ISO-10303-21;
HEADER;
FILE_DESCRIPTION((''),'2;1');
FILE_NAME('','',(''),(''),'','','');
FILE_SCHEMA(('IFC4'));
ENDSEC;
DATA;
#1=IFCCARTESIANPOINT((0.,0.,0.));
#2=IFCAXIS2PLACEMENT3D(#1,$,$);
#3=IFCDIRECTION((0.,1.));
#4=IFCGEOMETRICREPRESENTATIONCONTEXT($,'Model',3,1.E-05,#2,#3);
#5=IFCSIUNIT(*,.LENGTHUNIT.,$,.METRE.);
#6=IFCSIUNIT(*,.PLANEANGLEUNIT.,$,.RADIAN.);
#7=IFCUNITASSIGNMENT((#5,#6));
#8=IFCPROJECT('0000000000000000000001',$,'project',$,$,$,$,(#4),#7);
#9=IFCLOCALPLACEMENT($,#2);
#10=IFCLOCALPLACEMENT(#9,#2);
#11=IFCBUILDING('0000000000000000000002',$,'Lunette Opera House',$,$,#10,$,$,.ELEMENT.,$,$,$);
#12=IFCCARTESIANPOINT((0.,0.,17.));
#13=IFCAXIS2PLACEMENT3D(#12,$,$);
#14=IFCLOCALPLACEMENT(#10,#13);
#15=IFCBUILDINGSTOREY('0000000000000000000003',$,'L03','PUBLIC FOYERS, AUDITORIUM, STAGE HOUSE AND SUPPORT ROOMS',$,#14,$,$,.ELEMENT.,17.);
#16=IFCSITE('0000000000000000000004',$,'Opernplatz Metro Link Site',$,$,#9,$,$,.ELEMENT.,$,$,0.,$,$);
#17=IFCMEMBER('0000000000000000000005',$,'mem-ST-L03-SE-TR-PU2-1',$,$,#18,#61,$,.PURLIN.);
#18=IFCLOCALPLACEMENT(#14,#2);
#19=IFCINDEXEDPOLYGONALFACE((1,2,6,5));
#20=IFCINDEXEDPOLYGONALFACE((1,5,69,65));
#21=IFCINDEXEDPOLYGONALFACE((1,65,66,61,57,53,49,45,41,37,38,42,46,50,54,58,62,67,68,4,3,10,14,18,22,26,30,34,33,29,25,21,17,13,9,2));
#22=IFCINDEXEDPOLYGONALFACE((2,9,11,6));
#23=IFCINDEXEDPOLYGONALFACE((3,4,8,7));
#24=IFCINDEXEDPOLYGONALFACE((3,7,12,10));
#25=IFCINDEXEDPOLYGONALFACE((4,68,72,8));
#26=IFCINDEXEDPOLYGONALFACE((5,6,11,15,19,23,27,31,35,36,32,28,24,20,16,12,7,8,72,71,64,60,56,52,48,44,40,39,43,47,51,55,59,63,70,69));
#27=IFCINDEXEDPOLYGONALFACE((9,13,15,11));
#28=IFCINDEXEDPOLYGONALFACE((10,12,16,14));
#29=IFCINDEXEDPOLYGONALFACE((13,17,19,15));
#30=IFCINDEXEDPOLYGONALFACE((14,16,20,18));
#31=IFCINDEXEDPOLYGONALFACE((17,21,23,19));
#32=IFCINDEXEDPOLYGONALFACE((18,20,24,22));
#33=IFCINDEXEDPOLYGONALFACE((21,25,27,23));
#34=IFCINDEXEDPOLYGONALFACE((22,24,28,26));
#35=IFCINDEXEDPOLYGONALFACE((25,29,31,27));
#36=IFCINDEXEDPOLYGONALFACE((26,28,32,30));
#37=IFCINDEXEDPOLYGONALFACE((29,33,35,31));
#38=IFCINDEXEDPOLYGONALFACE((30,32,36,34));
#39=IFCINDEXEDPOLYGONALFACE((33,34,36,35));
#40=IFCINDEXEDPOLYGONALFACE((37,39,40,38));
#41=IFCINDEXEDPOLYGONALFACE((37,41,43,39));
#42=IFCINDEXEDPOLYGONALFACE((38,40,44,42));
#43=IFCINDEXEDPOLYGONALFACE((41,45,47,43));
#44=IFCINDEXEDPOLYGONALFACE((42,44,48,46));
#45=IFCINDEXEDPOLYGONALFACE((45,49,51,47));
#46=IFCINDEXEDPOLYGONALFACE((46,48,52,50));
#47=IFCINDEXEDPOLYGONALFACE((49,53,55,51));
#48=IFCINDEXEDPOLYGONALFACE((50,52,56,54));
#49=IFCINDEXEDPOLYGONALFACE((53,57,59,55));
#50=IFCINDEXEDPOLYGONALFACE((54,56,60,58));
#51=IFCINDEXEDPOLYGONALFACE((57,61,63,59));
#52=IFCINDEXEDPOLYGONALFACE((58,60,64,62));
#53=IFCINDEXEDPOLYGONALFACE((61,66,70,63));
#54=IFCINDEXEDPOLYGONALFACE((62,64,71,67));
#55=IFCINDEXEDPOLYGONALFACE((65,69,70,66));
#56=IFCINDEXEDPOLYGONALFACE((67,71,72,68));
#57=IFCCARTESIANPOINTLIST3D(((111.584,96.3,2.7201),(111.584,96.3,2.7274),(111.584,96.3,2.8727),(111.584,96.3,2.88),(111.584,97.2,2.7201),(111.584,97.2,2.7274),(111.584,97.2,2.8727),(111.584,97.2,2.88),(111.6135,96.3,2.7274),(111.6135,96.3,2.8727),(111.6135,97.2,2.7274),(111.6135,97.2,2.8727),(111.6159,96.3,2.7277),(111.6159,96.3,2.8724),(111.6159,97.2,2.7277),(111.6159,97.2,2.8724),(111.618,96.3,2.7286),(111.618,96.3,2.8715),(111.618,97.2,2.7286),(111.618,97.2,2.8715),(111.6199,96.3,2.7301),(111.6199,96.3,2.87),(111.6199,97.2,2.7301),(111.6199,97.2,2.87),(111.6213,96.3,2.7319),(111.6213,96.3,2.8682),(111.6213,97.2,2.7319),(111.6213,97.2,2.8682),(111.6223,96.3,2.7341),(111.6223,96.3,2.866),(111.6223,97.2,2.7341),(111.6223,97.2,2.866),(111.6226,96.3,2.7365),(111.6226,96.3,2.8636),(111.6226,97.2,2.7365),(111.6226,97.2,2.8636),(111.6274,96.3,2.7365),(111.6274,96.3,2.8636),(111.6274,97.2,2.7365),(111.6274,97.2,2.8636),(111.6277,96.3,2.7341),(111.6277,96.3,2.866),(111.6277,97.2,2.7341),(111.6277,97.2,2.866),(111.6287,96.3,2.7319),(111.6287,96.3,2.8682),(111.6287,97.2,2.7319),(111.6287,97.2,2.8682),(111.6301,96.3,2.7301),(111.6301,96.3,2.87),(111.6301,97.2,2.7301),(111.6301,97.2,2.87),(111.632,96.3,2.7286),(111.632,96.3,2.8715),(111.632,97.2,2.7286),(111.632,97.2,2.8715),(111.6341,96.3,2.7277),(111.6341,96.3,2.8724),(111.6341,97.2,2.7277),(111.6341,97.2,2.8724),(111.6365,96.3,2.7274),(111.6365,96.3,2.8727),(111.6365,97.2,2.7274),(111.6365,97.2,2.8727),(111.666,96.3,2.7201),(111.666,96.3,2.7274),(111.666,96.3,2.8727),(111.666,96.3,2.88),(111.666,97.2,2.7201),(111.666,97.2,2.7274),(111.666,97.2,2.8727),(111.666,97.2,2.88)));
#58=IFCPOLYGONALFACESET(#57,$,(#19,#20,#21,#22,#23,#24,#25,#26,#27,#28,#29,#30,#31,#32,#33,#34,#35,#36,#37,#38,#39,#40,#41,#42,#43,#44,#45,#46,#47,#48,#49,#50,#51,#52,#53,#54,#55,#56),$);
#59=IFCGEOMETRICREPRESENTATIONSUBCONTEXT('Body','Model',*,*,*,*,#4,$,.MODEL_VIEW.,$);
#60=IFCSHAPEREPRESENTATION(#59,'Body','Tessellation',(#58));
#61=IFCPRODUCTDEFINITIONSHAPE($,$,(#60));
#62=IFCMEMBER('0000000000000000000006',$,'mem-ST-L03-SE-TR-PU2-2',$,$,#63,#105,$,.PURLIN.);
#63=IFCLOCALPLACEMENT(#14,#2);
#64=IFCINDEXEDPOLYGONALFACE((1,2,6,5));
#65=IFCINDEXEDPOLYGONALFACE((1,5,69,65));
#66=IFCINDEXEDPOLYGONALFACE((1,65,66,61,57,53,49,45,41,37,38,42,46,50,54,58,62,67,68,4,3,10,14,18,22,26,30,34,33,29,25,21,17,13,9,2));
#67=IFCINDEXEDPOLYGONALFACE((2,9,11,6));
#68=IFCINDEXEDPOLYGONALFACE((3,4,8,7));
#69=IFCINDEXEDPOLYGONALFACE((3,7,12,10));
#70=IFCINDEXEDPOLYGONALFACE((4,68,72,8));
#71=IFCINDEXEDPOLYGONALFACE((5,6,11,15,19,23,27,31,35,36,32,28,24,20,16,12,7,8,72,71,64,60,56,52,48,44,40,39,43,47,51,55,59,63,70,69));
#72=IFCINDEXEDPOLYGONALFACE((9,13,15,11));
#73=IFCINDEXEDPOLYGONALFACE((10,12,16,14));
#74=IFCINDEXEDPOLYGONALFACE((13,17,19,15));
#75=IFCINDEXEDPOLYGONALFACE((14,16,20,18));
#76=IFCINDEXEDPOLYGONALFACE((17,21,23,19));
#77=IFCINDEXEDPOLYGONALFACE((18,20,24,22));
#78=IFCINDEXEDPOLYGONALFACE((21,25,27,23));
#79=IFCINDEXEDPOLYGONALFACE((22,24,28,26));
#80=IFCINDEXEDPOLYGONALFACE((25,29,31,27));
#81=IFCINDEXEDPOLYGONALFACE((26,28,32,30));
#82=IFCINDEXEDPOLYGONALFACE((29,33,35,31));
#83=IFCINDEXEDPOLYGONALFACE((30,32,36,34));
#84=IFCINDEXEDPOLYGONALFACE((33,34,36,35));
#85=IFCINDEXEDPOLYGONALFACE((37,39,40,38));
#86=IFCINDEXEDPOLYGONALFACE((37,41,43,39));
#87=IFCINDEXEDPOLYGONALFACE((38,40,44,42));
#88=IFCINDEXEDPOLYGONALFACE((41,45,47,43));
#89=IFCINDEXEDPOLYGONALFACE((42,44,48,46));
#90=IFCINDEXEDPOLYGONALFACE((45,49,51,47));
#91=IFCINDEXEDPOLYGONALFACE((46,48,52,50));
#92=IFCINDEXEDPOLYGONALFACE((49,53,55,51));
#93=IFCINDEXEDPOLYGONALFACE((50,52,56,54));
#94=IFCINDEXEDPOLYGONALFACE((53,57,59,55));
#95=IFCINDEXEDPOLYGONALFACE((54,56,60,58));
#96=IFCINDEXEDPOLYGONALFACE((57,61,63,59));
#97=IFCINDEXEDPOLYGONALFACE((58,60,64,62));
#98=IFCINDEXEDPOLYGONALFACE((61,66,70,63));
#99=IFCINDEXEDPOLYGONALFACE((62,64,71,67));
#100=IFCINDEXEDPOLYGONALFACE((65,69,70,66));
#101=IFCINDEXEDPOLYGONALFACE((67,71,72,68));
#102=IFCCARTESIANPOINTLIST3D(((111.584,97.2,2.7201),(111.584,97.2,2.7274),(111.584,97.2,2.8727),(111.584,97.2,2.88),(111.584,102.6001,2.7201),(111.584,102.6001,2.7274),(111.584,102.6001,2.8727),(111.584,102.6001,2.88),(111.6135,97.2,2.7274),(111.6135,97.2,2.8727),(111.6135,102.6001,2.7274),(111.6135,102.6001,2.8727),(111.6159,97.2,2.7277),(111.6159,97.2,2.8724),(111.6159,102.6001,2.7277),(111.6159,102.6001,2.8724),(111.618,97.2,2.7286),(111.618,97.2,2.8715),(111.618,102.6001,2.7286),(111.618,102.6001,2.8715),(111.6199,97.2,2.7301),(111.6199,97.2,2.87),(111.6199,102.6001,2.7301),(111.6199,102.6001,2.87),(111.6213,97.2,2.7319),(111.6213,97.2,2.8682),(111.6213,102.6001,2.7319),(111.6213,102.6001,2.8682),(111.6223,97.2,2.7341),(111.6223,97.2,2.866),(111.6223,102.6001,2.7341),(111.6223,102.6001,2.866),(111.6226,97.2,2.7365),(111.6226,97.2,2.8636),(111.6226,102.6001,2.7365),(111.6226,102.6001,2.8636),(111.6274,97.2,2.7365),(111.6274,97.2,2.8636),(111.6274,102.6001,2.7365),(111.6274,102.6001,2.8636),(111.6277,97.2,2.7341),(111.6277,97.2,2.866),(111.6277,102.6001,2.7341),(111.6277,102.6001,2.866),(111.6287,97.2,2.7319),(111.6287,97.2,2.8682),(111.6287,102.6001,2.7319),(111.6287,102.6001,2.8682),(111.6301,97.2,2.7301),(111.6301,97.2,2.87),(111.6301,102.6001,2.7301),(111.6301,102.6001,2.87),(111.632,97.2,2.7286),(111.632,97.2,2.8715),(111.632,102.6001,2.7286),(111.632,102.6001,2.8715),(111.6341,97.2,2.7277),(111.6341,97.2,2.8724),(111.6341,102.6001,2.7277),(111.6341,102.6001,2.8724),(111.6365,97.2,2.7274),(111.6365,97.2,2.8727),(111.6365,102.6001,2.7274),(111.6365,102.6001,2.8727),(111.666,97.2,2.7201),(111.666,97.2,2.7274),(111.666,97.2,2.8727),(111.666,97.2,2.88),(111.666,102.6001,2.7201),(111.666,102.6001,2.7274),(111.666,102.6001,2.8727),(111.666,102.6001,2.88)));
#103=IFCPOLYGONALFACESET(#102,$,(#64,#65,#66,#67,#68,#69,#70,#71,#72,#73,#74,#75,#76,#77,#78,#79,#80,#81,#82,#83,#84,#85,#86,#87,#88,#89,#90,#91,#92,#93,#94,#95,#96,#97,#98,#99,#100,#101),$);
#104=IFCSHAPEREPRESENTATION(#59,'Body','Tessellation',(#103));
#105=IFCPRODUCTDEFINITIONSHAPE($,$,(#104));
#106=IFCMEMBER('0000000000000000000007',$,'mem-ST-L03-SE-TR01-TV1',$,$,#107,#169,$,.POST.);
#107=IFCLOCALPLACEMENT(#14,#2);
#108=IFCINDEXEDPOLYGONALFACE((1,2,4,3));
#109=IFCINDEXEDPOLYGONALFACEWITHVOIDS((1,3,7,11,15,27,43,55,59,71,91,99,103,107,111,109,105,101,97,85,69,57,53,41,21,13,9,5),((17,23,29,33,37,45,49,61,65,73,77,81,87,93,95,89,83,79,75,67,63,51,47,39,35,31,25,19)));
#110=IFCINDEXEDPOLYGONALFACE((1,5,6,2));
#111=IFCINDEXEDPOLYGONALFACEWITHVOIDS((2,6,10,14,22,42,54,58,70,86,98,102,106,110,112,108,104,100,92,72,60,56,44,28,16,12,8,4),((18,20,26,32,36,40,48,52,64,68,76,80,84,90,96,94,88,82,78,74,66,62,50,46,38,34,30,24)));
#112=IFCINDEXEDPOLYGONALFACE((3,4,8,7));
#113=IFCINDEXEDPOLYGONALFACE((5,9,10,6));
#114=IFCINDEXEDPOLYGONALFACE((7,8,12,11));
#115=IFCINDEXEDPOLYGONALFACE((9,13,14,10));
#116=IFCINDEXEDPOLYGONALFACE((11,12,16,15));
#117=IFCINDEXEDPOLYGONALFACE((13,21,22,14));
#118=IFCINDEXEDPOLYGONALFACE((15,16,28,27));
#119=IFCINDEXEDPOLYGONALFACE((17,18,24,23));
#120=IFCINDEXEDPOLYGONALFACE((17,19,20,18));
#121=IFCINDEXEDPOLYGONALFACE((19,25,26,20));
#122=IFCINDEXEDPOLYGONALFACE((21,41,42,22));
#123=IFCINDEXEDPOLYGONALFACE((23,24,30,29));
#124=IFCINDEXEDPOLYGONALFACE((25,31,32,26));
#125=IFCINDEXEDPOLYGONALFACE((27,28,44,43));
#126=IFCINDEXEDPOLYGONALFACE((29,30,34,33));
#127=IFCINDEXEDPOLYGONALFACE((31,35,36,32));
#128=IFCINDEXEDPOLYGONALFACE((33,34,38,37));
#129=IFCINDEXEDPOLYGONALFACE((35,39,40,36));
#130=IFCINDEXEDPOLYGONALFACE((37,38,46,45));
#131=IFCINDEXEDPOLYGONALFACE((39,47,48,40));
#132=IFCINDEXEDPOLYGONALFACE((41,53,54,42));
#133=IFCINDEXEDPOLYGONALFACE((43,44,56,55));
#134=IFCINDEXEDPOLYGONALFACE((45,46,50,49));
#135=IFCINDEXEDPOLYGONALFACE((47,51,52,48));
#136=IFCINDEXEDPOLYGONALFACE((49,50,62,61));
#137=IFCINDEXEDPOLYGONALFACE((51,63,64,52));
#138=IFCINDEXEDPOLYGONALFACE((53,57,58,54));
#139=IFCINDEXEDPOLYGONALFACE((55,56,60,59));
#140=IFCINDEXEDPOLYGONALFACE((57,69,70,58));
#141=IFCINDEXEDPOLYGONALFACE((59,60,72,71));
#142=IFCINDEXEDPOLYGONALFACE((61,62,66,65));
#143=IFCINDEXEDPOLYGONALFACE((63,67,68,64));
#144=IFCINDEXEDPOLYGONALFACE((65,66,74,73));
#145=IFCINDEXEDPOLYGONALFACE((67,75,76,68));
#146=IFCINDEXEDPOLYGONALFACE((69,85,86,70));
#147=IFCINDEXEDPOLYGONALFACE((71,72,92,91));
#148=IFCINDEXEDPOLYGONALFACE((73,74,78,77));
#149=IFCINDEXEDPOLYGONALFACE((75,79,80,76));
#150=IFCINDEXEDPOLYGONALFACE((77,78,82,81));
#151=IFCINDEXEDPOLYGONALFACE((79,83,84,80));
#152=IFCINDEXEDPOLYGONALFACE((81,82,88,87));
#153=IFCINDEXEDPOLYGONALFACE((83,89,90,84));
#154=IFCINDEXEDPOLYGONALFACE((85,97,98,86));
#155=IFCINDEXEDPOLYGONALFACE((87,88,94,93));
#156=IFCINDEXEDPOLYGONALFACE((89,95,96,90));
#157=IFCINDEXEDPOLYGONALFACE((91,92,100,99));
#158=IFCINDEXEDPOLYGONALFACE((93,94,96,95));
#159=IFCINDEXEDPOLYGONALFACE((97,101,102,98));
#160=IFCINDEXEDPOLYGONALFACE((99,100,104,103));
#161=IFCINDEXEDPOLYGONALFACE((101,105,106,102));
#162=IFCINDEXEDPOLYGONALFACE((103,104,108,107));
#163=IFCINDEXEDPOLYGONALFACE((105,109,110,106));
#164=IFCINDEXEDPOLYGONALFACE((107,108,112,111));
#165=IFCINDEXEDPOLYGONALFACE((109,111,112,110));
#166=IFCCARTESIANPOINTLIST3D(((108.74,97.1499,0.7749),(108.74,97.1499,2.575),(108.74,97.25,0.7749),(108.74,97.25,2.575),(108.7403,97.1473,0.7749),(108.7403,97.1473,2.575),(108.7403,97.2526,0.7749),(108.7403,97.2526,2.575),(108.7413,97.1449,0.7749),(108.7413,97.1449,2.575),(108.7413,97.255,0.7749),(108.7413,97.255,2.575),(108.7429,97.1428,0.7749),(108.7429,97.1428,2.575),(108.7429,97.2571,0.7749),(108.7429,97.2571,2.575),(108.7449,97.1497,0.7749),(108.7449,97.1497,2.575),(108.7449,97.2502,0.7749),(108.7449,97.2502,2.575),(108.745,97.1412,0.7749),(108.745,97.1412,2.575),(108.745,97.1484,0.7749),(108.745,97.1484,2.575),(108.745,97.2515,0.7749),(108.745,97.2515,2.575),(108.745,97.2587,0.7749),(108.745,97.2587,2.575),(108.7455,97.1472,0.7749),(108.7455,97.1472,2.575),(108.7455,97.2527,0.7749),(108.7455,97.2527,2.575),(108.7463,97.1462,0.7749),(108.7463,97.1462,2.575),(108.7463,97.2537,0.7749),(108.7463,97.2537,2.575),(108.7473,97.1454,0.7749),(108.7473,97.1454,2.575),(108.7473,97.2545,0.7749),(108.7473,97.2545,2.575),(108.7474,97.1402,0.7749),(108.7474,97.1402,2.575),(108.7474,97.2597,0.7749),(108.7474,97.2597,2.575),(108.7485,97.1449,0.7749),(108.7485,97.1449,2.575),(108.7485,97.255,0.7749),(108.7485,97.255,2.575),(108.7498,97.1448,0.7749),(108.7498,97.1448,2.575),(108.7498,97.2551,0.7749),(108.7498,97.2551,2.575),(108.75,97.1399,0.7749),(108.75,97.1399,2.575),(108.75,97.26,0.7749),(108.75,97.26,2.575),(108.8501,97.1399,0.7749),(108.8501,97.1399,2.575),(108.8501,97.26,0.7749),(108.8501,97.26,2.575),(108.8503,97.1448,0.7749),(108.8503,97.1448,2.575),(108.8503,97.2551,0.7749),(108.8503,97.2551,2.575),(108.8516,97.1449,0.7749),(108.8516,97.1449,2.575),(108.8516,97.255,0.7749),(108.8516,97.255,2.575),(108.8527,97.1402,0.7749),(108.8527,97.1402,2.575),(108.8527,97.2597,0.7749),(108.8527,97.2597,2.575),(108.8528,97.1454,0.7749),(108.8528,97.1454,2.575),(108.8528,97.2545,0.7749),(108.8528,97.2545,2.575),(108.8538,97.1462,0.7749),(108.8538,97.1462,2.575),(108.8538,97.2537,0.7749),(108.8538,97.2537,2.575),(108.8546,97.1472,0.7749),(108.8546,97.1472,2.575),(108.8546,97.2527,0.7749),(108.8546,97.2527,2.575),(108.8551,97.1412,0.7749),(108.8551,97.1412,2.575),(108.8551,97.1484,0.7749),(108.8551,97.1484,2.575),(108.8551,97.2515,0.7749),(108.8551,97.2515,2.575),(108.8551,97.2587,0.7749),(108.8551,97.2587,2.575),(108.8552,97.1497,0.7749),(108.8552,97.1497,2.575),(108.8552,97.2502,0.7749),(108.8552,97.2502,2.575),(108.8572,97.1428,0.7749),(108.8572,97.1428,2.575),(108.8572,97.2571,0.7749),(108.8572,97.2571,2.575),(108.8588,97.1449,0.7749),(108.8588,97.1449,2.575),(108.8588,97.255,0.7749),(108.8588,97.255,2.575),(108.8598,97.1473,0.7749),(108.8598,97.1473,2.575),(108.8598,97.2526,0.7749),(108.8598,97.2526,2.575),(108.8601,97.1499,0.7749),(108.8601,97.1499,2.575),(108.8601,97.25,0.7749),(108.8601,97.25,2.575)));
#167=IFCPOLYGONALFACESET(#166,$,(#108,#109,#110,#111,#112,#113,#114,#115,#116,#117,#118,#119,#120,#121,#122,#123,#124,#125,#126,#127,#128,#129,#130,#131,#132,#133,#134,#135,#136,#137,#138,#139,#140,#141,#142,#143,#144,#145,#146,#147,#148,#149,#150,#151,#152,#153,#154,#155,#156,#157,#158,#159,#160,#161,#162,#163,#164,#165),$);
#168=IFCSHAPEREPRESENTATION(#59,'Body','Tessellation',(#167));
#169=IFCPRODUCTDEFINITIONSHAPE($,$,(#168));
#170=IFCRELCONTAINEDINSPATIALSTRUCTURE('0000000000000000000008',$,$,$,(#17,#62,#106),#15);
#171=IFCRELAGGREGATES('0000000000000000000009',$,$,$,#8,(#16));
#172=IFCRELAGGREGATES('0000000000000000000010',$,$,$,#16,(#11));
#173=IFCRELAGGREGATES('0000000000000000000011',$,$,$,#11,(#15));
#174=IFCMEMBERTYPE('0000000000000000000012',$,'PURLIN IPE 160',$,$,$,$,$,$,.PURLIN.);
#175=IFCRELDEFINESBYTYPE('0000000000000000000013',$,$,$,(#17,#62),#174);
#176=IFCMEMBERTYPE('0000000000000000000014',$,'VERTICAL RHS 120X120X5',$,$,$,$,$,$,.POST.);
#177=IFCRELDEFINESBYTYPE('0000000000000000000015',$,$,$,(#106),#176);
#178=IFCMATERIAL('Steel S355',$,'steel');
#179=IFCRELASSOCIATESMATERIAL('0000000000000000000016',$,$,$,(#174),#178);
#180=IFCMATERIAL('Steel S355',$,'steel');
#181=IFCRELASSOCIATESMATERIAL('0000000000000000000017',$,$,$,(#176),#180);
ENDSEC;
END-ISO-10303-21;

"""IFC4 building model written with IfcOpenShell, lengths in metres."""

from ifc_helpers import new_model, si_unit, direction, frame, origin, origin_2d, place, context, subcontext, project, spatial, hollow_rectangle, i_section, extrude, material, material_profile, profile_set, type_object, element, save


model = new_model("IFC4")

# Units and contexts
model_context = context("Model", 3, precision=1e-05, world=origin(), true_north=direction((0.0, 1.0)))
body_context = subcontext(model_context, "Body", "Model", "MODEL_VIEW")
ifc_project = project(units=[si_unit("LENGTHUNIT", "METRE"), si_unit("PLANEANGLEUNIT", "RADIAN")], contexts=[model_context])

# Site, building, storey
site_placement = place(None, origin())
site = spatial("IfcSite", under=ifc_project, at=site_placement, Name="Opernplatz Metro Link Site", CompositionType="ELEMENT", RefElevation=0.0)
building_placement = place(site_placement, origin())
building = spatial("IfcBuilding", under=site, at=building_placement, Name="Lunette Opera House", CompositionType="ELEMENT")
storey_placement = place(building_placement, frame((0.0, 0.0, 17.0)))
storey = spatial("IfcBuildingStorey", under=building, at=storey_placement, Name="L03", Description="PUBLIC FOYERS, AUDITORIUM, STAGE HOUSE AND SUPPORT ROOMS", CompositionType="ELEMENT", Elevation=17.0)

# Members
ifc_material_1 = material(Name="Steel S355", Category="steel")
ifc_material_profile_1 = material_profile(ifc_material_1, i_section(OverallWidth=0.082, OverallDepth=0.1599, WebThickness=0.0049, FlangeThickness=0.0073, FilletRadius=0.009, at=origin_2d()), Name="IPE 160")
ifc_profile_set_1 = profile_set([ifc_material_profile_1], Name="Steel S355")
member_type_1 = type_object("IfcMemberType", Name="PURLIN IPE 160", PredefinedType="PURLIN", material=ifc_profile_set_1)
member_1_placement = place(storey_placement, frame((111.625, 96.3, 2.8), z_axis=(0.0, 1.0, 0.0), x_axis=(-1.0, 0.0, 0.0)))
element("IfcMember", 1, at=member_1_placement, inside=storey, type_object=member_type_1, Name="mem-ST-L03-SE-TR-PU2-1", PredefinedType="PURLIN", context=body_context, shape_type="SweptSolid", body=[
    extrude(i_section(OverallWidth=0.082, OverallDepth=0.1599, WebThickness=0.0049, FlangeThickness=0.0073, FilletRadius=0.009, at=origin_2d()), origin(), (0.0, 0.0, 1.0), 0.8999),
])
member_2_placement = place(storey_placement, frame((111.625, 97.2, 2.8), z_axis=(0.0, 1.0, 0.0), x_axis=(-1.0, 0.0, 0.0)))
element("IfcMember", 2, at=member_2_placement, inside=storey, type_object=member_type_1, Name="mem-ST-L03-SE-TR-PU2-2", PredefinedType="PURLIN", context=body_context, shape_type="SweptSolid", body=[
    extrude(i_section(OverallWidth=0.082, OverallDepth=0.1599, WebThickness=0.0049, FlangeThickness=0.0073, FilletRadius=0.009, at=origin_2d()), origin(), (0.0, 0.0, 1.0), 5.4001),
])
ifc_material_2 = material(Name="Steel S355", Category="steel")
ifc_material_profile_2 = material_profile(ifc_material_2, hollow_rectangle(XDim=0.1201, YDim=0.1201, WallThickness=0.0049, InnerFilletRadius=0.0049, OuterFilletRadius=0.01, at=origin_2d()), Name="RHS 120X120X5")
ifc_profile_set_2 = profile_set([ifc_material_profile_2], Name="Steel S355")
member_type_2 = type_object("IfcMemberType", Name="VERTICAL RHS 120X120X5", PredefinedType="POST", material=ifc_profile_set_2)
for number, where, z_axis, x_axis, name in (
    (3, (108.8, 97.2, 0.7749), (0.0, 0.0, 1.0), (1.0, 0.0, 0.0), "mem-ST-L03-SE-TR01-TV1"),
):
    element("IfcMember", number, at=place(storey_placement, frame(where, z_axis=z_axis, x_axis=x_axis)), inside=storey, type_object=member_type_2, Name=name, PredefinedType="POST", context=body_context, shape_type="SweptSolid", body=[
        extrude(hollow_rectangle(XDim=0.1201, YDim=0.1201, WallThickness=0.0049, InnerFilletRadius=0.0049, OuterFilletRadius=0.01, at=origin_2d()), origin(), (0.0, 0.0, 1.0), 1.8),
    ])

save(model, "model.ifc")
